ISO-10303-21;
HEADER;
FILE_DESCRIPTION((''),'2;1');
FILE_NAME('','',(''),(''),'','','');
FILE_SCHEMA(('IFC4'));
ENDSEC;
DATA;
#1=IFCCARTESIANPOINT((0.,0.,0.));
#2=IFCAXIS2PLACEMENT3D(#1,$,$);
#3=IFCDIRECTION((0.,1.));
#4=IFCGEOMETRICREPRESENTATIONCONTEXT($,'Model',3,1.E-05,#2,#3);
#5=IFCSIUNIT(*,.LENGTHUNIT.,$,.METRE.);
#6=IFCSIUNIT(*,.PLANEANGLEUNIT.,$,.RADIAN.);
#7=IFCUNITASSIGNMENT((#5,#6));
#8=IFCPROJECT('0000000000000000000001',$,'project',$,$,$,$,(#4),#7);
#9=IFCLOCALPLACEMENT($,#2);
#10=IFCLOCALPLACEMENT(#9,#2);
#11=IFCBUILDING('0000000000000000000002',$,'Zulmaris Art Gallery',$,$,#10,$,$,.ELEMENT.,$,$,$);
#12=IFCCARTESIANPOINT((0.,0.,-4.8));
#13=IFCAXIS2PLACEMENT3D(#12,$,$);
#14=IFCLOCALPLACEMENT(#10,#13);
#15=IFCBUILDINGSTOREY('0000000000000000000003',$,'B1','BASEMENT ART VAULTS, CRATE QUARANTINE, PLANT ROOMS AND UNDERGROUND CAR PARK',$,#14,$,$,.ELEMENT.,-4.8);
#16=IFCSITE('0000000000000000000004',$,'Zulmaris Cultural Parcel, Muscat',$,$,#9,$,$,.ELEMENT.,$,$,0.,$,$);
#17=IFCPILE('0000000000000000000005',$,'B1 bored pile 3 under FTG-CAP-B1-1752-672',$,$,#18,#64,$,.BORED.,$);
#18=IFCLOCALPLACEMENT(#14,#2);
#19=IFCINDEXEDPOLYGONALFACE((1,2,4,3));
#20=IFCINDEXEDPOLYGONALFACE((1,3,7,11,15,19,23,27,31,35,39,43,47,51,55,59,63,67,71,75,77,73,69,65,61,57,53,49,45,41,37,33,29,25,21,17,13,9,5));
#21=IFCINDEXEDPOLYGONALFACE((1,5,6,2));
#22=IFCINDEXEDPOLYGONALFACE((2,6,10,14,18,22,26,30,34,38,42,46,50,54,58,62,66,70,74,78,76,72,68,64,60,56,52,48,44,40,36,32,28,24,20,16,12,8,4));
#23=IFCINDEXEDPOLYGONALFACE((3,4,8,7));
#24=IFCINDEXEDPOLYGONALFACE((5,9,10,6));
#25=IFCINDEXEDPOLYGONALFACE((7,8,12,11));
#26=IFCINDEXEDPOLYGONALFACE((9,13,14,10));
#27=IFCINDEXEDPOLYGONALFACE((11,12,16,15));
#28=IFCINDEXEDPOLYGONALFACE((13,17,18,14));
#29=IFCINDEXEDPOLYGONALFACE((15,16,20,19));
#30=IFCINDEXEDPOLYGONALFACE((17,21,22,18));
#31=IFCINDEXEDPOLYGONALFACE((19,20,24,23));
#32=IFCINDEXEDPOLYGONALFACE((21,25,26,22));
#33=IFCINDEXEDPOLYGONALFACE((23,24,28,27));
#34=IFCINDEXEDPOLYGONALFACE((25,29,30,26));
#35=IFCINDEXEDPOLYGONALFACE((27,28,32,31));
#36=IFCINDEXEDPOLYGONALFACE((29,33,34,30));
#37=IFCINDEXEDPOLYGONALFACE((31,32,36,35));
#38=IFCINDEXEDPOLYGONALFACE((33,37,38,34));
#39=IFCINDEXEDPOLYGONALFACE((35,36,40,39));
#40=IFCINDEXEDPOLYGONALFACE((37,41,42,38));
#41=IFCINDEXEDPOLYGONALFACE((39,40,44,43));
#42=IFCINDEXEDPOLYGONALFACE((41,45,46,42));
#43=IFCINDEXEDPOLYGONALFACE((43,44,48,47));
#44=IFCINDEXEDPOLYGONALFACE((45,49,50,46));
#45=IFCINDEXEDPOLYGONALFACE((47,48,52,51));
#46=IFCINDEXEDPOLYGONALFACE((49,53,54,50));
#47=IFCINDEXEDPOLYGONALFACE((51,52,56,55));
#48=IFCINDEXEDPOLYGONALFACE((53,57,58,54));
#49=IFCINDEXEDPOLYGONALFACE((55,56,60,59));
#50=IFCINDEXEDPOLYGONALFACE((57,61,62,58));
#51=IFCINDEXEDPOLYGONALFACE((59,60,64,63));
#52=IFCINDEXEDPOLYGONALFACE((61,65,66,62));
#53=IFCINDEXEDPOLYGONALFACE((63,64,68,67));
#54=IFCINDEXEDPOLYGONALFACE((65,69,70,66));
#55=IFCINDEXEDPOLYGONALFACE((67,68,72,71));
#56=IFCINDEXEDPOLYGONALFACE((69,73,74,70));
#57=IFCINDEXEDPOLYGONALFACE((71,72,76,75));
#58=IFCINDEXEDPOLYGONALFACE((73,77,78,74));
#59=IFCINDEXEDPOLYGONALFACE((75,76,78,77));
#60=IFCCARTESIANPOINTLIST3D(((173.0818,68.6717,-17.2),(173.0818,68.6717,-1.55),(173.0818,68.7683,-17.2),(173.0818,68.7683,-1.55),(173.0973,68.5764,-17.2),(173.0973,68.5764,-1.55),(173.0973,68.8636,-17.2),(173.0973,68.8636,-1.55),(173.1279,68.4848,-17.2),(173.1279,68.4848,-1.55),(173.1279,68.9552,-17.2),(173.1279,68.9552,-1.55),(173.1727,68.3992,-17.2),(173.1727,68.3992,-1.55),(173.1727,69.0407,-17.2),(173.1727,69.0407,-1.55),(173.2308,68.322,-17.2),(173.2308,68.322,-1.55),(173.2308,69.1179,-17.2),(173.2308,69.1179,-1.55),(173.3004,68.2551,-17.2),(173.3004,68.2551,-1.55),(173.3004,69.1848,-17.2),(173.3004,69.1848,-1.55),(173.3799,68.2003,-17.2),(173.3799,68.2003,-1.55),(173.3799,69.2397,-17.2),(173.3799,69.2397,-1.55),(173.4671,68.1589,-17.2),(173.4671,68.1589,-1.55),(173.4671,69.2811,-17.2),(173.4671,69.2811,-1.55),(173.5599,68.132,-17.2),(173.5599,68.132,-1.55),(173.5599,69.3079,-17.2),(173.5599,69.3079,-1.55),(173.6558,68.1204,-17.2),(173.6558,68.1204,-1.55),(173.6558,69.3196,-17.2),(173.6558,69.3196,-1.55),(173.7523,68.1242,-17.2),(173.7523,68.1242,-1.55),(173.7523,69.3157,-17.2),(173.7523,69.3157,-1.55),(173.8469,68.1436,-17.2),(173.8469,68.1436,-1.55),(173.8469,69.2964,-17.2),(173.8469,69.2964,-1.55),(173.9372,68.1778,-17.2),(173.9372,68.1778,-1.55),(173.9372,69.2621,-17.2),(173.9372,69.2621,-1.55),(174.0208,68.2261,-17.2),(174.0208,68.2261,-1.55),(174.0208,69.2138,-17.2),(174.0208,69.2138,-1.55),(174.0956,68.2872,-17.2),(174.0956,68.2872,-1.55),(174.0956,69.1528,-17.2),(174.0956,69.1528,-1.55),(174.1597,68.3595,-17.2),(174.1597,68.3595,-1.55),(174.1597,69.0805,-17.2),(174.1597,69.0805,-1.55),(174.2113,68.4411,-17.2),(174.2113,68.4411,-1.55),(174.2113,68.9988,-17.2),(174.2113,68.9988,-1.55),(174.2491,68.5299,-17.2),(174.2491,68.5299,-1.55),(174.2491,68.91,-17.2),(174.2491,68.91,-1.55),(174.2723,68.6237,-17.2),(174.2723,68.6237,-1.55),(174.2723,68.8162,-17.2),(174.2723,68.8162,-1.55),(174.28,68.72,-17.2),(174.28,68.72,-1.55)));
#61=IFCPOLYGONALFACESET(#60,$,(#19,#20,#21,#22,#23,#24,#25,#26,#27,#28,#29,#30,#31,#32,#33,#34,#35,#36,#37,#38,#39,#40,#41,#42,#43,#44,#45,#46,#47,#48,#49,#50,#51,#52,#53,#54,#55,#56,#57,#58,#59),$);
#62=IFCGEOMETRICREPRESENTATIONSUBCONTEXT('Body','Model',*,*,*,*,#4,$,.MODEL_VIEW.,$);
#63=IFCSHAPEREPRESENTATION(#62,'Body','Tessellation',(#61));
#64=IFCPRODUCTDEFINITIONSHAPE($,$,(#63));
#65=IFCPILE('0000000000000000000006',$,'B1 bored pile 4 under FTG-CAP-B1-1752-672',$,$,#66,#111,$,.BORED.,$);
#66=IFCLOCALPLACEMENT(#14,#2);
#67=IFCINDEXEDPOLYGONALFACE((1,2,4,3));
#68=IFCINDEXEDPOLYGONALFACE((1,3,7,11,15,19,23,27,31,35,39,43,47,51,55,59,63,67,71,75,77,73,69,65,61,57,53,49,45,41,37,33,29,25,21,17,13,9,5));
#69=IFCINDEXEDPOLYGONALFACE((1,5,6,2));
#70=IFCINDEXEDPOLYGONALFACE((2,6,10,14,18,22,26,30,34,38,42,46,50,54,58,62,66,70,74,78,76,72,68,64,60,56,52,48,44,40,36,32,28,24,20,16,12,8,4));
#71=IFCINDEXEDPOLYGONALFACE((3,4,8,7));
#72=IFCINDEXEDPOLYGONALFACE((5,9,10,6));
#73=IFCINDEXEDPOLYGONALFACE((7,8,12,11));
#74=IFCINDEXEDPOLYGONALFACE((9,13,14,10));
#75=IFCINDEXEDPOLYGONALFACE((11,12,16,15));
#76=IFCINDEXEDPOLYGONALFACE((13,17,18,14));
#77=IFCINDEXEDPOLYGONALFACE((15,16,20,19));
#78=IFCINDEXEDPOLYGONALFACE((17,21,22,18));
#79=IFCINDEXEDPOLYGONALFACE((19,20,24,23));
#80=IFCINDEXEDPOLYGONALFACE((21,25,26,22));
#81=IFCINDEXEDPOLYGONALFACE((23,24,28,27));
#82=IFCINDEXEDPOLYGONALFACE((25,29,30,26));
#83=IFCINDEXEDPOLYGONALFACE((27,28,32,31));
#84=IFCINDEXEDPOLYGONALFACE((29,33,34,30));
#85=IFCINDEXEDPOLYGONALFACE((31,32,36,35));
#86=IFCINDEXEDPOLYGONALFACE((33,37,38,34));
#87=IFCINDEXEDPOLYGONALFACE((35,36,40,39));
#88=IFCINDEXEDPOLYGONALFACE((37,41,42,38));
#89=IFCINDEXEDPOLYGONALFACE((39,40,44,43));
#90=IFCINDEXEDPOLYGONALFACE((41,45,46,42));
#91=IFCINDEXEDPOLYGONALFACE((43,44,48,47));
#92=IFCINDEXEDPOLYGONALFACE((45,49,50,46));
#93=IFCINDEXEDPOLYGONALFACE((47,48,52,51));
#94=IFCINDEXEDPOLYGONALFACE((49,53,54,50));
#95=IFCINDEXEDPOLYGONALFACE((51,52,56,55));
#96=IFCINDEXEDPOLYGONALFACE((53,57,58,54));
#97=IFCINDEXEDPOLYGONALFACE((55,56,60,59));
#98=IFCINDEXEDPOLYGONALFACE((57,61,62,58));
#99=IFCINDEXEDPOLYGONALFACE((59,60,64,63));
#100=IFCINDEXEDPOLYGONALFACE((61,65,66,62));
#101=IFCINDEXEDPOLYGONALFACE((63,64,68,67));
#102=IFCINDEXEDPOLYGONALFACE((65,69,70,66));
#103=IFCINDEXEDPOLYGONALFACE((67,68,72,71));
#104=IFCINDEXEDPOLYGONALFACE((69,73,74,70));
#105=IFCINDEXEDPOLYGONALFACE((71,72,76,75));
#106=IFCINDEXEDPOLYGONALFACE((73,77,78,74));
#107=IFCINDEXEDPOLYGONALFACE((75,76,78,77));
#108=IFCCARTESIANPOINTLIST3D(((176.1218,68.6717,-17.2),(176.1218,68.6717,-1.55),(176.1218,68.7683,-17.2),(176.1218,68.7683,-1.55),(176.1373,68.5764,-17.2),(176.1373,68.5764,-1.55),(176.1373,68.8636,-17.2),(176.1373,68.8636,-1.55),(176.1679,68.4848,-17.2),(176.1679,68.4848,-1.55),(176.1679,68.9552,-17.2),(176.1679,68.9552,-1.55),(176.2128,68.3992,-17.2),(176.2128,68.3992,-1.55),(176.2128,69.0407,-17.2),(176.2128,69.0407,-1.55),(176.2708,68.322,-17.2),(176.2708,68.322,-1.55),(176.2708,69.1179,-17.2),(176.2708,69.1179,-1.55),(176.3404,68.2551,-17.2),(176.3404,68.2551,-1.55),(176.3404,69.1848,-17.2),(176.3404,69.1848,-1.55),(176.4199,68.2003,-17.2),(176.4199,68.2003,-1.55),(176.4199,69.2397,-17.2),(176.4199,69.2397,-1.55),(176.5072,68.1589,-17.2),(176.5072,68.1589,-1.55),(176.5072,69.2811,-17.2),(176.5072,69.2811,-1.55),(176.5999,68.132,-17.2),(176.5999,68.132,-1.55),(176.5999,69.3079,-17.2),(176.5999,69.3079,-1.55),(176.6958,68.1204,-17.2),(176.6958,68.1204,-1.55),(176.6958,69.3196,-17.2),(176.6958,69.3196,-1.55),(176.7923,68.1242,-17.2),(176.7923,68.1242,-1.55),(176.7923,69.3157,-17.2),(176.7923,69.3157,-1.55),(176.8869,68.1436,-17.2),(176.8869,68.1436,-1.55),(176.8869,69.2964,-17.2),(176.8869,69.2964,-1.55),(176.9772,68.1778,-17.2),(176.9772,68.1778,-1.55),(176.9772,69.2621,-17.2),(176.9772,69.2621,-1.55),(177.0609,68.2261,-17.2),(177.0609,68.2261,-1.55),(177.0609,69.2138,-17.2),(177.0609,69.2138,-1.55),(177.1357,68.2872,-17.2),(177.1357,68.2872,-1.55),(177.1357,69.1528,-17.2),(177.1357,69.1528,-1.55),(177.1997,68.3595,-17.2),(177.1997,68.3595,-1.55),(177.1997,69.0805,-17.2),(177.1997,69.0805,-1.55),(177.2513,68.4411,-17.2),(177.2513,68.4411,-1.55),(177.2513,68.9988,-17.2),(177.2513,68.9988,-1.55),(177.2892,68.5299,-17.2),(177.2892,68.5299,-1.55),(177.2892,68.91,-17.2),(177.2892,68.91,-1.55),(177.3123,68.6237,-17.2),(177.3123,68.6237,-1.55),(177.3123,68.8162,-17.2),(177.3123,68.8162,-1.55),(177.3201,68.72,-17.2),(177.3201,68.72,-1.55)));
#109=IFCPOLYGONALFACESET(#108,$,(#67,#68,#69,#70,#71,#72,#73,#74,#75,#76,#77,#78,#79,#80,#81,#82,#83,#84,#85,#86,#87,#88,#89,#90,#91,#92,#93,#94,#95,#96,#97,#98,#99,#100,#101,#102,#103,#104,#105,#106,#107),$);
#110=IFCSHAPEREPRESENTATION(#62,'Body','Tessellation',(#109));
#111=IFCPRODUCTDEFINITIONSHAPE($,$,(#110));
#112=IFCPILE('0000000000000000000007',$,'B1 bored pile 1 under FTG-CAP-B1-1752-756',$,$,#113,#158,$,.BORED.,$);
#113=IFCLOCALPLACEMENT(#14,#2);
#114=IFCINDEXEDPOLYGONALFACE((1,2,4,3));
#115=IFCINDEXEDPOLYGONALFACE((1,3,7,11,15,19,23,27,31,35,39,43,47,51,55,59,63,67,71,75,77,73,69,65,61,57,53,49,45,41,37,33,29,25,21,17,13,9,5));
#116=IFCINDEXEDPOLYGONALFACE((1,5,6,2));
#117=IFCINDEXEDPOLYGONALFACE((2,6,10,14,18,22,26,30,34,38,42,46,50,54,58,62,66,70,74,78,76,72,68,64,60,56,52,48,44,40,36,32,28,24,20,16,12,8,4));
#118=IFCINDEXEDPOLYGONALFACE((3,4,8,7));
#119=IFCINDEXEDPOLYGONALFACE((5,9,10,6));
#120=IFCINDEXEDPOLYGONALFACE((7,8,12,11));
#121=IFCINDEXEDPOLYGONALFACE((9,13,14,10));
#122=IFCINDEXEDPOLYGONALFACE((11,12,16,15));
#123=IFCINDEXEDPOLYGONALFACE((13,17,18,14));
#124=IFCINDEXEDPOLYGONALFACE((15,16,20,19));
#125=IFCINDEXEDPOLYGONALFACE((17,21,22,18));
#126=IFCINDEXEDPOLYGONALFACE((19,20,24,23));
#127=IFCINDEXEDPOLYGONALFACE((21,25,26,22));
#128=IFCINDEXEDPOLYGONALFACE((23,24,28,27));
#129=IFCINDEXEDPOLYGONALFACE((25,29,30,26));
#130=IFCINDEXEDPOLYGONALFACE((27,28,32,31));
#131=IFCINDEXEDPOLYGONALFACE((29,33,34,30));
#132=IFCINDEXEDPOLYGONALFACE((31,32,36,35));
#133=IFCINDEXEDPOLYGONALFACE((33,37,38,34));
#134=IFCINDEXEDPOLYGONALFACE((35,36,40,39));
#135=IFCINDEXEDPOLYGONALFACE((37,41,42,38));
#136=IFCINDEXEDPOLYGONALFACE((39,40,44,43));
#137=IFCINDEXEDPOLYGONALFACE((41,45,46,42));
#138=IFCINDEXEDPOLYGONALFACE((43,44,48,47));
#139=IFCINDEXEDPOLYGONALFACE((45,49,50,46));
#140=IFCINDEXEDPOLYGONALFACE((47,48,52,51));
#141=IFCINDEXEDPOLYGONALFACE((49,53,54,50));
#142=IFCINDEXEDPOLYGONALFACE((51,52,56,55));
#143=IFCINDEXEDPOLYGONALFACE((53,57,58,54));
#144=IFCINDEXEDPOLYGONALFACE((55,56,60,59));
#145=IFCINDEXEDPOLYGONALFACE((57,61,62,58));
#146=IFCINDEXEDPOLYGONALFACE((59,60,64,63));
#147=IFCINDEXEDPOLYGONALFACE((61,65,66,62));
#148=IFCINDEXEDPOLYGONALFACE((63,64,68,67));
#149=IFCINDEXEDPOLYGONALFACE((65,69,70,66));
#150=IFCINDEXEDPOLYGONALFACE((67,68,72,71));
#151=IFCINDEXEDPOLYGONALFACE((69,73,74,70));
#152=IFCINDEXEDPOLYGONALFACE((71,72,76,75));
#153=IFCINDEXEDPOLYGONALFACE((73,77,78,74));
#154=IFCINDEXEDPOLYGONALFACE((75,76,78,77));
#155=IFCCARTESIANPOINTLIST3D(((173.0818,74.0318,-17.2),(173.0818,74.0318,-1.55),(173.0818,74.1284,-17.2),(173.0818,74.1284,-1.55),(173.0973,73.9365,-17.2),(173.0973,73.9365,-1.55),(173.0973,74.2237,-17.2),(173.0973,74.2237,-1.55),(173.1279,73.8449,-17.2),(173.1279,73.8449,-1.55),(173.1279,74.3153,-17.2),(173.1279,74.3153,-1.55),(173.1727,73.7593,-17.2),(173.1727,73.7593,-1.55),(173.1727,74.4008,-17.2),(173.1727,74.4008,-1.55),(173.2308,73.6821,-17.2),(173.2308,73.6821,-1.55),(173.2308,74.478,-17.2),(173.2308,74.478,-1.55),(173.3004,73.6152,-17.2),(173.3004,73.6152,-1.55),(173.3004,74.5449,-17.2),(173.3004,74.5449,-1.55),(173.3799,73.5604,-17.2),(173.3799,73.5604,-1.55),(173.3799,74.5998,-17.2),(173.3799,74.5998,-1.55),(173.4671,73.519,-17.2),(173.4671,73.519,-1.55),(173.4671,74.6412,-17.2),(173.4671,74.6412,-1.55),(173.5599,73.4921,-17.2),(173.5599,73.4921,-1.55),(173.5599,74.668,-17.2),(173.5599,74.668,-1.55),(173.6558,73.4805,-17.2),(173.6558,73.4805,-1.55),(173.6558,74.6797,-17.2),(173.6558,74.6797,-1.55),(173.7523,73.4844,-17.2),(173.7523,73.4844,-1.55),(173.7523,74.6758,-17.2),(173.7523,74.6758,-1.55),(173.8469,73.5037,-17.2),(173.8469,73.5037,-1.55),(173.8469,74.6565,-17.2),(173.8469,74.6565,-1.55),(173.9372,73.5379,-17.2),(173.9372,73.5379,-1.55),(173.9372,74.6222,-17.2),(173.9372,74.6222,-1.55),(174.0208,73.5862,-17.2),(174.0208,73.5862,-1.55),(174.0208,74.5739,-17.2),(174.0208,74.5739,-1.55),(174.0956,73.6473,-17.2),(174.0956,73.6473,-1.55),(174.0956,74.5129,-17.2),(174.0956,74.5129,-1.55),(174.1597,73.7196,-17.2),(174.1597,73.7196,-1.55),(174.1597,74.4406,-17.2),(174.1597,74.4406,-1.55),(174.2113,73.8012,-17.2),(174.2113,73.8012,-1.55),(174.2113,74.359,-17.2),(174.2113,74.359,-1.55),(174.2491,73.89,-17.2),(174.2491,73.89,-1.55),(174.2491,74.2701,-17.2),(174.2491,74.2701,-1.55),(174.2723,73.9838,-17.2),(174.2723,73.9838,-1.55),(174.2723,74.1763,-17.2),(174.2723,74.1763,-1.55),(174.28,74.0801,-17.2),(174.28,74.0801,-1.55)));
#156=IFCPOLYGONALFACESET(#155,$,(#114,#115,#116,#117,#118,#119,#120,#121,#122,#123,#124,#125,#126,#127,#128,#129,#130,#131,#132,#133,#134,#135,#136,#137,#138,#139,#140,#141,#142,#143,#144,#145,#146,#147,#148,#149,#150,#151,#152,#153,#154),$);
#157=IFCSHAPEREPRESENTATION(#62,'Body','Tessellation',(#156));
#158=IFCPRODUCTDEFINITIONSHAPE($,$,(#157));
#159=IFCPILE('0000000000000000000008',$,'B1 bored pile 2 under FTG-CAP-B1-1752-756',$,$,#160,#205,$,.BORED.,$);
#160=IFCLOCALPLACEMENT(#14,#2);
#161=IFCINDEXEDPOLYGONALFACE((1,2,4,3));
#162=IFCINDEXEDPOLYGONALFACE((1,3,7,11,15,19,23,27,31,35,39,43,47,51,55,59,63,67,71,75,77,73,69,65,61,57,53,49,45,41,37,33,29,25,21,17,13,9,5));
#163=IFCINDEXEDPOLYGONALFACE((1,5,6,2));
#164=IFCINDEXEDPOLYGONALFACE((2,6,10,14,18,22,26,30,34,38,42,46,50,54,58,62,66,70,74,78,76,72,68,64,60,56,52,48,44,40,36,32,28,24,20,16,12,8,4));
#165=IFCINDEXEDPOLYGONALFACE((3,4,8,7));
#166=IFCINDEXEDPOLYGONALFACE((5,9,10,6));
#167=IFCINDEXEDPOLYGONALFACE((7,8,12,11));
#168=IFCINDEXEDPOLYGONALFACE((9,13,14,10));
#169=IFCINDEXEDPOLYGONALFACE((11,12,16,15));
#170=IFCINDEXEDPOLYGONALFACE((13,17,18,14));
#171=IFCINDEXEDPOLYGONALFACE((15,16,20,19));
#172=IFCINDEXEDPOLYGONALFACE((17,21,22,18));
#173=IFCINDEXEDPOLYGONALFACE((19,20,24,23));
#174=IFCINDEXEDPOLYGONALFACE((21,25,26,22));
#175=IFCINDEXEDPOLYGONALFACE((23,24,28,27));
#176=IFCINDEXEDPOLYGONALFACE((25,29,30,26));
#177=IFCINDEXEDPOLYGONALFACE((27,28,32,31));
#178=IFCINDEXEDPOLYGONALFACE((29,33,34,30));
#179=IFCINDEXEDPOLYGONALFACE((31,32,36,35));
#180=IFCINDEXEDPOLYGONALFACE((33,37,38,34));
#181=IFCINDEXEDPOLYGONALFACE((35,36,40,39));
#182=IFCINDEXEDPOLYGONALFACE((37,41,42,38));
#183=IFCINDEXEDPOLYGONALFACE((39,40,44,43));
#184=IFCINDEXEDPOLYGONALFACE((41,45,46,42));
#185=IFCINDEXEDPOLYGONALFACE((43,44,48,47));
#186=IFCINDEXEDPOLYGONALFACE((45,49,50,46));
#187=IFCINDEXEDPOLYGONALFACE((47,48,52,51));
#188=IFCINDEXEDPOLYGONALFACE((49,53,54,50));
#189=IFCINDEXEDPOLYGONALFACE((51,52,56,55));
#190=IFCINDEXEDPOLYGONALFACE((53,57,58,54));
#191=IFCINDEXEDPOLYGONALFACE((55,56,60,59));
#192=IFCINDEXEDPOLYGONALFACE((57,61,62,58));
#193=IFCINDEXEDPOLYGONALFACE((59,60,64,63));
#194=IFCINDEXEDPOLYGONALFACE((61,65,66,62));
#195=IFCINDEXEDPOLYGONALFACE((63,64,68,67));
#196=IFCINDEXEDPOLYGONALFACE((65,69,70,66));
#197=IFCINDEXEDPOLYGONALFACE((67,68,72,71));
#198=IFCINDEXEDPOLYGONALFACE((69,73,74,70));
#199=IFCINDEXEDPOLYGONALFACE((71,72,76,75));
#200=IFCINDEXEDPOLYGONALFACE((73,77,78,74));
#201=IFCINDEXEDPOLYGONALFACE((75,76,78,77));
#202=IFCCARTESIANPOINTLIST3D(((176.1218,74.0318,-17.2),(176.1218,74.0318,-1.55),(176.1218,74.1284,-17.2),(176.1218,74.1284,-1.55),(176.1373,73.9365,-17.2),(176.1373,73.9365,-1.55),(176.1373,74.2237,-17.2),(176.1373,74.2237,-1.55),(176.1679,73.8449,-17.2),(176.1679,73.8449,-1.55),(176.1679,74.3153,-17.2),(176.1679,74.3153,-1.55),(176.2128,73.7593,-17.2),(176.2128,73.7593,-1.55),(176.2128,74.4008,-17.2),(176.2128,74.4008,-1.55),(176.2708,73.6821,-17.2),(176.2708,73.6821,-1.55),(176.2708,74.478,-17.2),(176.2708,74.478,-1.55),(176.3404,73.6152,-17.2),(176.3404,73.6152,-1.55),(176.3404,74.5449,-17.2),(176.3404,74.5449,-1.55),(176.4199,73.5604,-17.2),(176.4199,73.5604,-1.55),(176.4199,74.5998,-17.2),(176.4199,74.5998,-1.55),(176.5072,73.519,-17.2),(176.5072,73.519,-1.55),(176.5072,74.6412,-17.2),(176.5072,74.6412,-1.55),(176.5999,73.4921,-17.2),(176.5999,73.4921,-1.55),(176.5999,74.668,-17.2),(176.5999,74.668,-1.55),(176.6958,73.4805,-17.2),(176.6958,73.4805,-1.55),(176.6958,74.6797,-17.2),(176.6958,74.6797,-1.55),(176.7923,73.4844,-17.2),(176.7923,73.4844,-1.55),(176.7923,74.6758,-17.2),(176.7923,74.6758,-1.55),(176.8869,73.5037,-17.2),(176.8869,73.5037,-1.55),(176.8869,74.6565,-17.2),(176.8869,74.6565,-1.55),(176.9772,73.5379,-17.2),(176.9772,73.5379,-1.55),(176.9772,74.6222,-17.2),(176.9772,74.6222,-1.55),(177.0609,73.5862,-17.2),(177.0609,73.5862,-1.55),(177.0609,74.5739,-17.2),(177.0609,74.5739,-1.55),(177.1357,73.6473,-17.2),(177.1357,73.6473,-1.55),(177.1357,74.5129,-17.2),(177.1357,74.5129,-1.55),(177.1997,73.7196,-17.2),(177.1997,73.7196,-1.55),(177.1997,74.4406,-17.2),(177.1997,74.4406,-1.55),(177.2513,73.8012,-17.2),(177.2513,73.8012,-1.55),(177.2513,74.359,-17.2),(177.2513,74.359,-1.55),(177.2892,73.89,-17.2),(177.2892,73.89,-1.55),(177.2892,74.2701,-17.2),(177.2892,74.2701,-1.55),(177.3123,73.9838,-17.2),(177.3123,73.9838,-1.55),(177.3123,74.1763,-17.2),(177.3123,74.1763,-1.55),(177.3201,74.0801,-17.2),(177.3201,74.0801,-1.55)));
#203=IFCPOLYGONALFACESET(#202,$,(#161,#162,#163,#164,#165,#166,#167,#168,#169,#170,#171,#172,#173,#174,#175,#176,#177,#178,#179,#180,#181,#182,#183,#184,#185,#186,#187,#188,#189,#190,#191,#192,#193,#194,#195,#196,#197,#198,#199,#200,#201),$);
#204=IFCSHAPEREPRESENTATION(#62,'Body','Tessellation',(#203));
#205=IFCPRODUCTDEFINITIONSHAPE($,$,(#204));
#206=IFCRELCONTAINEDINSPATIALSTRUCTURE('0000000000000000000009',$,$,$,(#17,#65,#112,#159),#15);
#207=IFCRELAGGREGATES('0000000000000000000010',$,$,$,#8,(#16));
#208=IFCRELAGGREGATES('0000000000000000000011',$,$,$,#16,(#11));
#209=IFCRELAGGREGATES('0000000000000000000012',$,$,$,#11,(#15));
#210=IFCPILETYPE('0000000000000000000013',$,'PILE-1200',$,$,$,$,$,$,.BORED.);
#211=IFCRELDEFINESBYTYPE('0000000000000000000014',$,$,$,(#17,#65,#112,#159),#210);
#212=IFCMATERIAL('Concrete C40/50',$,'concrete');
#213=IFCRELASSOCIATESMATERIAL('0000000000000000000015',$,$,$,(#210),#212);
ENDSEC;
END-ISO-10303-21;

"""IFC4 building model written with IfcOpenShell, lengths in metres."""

from ifc_helpers import new_model, si_unit, direction, frame, origin, origin_2d, place, context, subcontext, project, spatial, circle, extrude, material, material_profile, profile_set, type_object, element, save


model = new_model("IFC4")

# Units and contexts
model_context = context("Model", 3, precision=1e-05, world=origin(), true_north=direction((0.0, 1.0)))
body_context = subcontext(model_context, "Body", "Model", "MODEL_VIEW")
ifc_project = project(units=[si_unit("LENGTHUNIT", "METRE"), si_unit("PLANEANGLEUNIT", "RADIAN")], contexts=[model_context])

# Site, building, storey
site_placement = place(None, origin())
site = spatial("IfcSite", under=ifc_project, at=site_placement, Name="Zulmaris Cultural Parcel, Muscat", CompositionType="ELEMENT", RefElevation=0.0)
building_placement = place(site_placement, origin())
building = spatial("IfcBuilding", under=site, at=building_placement, Name="Zulmaris Art Gallery", CompositionType="ELEMENT")
storey_placement = place(building_placement, frame((0.0, 0.0, -4.8)))
storey = spatial("IfcBuildingStorey", under=building, at=storey_placement, Name="B1", Description="BASEMENT ART VAULTS, CRATE QUARANTINE, PLANT ROOMS AND UNDERGROUND CAR PARK", CompositionType="ELEMENT", Elevation=-4.8)

# Piles
ifc_material_1 = material(Name="Concrete C40/50", Category="concrete")
ifc_material_profile_1 = material_profile(ifc_material_1, circle(Radius=0.6001, at=origin_2d()), Name="PILE DIA 1200")
ifc_profile_set_1 = profile_set([ifc_material_profile_1], Name="Concrete C40/50")
pile_type = type_object("IfcPileType", Name="PILE-1200", PredefinedType="BORED", material=ifc_profile_set_1)
for number, where, z_axis, x_axis, name in (
    (1, (173.6799, 68.72, -1.55), (0.0, 0.0, -1.0), (1.0, 0.0, 0.0), "B1 bored pile 3 under FTG-CAP-B1-1752-672"),
    (2, (176.72, 68.72, -1.55), (0.0, 0.0, -1.0), (1.0, 0.0, 0.0), "B1 bored pile 4 under FTG-CAP-B1-1752-672"),
    (3, (173.6799, 74.0801, -1.55), (0.0, 0.0, -1.0), (1.0, 0.0, 0.0), "B1 bored pile 1 under FTG-CAP-B1-1752-756"),
    (4, (176.72, 74.0801, -1.55), (0.0, 0.0, -1.0), (1.0, 0.0, 0.0), "B1 bored pile 2 under FTG-CAP-B1-1752-756"),
):
    element("IfcPile", number, at=place(storey_placement, frame(where, z_axis=z_axis, x_axis=x_axis)), inside=storey, type_object=pile_type, Name=name, PredefinedType="BORED", context=body_context, shape_type="SweptSolid", body=[
        extrude(circle(Radius=0.6001, at=origin_2d()), origin(), (0.0, 0.0, 1.0), 15.6499),
    ])

save(model, "model.ifc")
